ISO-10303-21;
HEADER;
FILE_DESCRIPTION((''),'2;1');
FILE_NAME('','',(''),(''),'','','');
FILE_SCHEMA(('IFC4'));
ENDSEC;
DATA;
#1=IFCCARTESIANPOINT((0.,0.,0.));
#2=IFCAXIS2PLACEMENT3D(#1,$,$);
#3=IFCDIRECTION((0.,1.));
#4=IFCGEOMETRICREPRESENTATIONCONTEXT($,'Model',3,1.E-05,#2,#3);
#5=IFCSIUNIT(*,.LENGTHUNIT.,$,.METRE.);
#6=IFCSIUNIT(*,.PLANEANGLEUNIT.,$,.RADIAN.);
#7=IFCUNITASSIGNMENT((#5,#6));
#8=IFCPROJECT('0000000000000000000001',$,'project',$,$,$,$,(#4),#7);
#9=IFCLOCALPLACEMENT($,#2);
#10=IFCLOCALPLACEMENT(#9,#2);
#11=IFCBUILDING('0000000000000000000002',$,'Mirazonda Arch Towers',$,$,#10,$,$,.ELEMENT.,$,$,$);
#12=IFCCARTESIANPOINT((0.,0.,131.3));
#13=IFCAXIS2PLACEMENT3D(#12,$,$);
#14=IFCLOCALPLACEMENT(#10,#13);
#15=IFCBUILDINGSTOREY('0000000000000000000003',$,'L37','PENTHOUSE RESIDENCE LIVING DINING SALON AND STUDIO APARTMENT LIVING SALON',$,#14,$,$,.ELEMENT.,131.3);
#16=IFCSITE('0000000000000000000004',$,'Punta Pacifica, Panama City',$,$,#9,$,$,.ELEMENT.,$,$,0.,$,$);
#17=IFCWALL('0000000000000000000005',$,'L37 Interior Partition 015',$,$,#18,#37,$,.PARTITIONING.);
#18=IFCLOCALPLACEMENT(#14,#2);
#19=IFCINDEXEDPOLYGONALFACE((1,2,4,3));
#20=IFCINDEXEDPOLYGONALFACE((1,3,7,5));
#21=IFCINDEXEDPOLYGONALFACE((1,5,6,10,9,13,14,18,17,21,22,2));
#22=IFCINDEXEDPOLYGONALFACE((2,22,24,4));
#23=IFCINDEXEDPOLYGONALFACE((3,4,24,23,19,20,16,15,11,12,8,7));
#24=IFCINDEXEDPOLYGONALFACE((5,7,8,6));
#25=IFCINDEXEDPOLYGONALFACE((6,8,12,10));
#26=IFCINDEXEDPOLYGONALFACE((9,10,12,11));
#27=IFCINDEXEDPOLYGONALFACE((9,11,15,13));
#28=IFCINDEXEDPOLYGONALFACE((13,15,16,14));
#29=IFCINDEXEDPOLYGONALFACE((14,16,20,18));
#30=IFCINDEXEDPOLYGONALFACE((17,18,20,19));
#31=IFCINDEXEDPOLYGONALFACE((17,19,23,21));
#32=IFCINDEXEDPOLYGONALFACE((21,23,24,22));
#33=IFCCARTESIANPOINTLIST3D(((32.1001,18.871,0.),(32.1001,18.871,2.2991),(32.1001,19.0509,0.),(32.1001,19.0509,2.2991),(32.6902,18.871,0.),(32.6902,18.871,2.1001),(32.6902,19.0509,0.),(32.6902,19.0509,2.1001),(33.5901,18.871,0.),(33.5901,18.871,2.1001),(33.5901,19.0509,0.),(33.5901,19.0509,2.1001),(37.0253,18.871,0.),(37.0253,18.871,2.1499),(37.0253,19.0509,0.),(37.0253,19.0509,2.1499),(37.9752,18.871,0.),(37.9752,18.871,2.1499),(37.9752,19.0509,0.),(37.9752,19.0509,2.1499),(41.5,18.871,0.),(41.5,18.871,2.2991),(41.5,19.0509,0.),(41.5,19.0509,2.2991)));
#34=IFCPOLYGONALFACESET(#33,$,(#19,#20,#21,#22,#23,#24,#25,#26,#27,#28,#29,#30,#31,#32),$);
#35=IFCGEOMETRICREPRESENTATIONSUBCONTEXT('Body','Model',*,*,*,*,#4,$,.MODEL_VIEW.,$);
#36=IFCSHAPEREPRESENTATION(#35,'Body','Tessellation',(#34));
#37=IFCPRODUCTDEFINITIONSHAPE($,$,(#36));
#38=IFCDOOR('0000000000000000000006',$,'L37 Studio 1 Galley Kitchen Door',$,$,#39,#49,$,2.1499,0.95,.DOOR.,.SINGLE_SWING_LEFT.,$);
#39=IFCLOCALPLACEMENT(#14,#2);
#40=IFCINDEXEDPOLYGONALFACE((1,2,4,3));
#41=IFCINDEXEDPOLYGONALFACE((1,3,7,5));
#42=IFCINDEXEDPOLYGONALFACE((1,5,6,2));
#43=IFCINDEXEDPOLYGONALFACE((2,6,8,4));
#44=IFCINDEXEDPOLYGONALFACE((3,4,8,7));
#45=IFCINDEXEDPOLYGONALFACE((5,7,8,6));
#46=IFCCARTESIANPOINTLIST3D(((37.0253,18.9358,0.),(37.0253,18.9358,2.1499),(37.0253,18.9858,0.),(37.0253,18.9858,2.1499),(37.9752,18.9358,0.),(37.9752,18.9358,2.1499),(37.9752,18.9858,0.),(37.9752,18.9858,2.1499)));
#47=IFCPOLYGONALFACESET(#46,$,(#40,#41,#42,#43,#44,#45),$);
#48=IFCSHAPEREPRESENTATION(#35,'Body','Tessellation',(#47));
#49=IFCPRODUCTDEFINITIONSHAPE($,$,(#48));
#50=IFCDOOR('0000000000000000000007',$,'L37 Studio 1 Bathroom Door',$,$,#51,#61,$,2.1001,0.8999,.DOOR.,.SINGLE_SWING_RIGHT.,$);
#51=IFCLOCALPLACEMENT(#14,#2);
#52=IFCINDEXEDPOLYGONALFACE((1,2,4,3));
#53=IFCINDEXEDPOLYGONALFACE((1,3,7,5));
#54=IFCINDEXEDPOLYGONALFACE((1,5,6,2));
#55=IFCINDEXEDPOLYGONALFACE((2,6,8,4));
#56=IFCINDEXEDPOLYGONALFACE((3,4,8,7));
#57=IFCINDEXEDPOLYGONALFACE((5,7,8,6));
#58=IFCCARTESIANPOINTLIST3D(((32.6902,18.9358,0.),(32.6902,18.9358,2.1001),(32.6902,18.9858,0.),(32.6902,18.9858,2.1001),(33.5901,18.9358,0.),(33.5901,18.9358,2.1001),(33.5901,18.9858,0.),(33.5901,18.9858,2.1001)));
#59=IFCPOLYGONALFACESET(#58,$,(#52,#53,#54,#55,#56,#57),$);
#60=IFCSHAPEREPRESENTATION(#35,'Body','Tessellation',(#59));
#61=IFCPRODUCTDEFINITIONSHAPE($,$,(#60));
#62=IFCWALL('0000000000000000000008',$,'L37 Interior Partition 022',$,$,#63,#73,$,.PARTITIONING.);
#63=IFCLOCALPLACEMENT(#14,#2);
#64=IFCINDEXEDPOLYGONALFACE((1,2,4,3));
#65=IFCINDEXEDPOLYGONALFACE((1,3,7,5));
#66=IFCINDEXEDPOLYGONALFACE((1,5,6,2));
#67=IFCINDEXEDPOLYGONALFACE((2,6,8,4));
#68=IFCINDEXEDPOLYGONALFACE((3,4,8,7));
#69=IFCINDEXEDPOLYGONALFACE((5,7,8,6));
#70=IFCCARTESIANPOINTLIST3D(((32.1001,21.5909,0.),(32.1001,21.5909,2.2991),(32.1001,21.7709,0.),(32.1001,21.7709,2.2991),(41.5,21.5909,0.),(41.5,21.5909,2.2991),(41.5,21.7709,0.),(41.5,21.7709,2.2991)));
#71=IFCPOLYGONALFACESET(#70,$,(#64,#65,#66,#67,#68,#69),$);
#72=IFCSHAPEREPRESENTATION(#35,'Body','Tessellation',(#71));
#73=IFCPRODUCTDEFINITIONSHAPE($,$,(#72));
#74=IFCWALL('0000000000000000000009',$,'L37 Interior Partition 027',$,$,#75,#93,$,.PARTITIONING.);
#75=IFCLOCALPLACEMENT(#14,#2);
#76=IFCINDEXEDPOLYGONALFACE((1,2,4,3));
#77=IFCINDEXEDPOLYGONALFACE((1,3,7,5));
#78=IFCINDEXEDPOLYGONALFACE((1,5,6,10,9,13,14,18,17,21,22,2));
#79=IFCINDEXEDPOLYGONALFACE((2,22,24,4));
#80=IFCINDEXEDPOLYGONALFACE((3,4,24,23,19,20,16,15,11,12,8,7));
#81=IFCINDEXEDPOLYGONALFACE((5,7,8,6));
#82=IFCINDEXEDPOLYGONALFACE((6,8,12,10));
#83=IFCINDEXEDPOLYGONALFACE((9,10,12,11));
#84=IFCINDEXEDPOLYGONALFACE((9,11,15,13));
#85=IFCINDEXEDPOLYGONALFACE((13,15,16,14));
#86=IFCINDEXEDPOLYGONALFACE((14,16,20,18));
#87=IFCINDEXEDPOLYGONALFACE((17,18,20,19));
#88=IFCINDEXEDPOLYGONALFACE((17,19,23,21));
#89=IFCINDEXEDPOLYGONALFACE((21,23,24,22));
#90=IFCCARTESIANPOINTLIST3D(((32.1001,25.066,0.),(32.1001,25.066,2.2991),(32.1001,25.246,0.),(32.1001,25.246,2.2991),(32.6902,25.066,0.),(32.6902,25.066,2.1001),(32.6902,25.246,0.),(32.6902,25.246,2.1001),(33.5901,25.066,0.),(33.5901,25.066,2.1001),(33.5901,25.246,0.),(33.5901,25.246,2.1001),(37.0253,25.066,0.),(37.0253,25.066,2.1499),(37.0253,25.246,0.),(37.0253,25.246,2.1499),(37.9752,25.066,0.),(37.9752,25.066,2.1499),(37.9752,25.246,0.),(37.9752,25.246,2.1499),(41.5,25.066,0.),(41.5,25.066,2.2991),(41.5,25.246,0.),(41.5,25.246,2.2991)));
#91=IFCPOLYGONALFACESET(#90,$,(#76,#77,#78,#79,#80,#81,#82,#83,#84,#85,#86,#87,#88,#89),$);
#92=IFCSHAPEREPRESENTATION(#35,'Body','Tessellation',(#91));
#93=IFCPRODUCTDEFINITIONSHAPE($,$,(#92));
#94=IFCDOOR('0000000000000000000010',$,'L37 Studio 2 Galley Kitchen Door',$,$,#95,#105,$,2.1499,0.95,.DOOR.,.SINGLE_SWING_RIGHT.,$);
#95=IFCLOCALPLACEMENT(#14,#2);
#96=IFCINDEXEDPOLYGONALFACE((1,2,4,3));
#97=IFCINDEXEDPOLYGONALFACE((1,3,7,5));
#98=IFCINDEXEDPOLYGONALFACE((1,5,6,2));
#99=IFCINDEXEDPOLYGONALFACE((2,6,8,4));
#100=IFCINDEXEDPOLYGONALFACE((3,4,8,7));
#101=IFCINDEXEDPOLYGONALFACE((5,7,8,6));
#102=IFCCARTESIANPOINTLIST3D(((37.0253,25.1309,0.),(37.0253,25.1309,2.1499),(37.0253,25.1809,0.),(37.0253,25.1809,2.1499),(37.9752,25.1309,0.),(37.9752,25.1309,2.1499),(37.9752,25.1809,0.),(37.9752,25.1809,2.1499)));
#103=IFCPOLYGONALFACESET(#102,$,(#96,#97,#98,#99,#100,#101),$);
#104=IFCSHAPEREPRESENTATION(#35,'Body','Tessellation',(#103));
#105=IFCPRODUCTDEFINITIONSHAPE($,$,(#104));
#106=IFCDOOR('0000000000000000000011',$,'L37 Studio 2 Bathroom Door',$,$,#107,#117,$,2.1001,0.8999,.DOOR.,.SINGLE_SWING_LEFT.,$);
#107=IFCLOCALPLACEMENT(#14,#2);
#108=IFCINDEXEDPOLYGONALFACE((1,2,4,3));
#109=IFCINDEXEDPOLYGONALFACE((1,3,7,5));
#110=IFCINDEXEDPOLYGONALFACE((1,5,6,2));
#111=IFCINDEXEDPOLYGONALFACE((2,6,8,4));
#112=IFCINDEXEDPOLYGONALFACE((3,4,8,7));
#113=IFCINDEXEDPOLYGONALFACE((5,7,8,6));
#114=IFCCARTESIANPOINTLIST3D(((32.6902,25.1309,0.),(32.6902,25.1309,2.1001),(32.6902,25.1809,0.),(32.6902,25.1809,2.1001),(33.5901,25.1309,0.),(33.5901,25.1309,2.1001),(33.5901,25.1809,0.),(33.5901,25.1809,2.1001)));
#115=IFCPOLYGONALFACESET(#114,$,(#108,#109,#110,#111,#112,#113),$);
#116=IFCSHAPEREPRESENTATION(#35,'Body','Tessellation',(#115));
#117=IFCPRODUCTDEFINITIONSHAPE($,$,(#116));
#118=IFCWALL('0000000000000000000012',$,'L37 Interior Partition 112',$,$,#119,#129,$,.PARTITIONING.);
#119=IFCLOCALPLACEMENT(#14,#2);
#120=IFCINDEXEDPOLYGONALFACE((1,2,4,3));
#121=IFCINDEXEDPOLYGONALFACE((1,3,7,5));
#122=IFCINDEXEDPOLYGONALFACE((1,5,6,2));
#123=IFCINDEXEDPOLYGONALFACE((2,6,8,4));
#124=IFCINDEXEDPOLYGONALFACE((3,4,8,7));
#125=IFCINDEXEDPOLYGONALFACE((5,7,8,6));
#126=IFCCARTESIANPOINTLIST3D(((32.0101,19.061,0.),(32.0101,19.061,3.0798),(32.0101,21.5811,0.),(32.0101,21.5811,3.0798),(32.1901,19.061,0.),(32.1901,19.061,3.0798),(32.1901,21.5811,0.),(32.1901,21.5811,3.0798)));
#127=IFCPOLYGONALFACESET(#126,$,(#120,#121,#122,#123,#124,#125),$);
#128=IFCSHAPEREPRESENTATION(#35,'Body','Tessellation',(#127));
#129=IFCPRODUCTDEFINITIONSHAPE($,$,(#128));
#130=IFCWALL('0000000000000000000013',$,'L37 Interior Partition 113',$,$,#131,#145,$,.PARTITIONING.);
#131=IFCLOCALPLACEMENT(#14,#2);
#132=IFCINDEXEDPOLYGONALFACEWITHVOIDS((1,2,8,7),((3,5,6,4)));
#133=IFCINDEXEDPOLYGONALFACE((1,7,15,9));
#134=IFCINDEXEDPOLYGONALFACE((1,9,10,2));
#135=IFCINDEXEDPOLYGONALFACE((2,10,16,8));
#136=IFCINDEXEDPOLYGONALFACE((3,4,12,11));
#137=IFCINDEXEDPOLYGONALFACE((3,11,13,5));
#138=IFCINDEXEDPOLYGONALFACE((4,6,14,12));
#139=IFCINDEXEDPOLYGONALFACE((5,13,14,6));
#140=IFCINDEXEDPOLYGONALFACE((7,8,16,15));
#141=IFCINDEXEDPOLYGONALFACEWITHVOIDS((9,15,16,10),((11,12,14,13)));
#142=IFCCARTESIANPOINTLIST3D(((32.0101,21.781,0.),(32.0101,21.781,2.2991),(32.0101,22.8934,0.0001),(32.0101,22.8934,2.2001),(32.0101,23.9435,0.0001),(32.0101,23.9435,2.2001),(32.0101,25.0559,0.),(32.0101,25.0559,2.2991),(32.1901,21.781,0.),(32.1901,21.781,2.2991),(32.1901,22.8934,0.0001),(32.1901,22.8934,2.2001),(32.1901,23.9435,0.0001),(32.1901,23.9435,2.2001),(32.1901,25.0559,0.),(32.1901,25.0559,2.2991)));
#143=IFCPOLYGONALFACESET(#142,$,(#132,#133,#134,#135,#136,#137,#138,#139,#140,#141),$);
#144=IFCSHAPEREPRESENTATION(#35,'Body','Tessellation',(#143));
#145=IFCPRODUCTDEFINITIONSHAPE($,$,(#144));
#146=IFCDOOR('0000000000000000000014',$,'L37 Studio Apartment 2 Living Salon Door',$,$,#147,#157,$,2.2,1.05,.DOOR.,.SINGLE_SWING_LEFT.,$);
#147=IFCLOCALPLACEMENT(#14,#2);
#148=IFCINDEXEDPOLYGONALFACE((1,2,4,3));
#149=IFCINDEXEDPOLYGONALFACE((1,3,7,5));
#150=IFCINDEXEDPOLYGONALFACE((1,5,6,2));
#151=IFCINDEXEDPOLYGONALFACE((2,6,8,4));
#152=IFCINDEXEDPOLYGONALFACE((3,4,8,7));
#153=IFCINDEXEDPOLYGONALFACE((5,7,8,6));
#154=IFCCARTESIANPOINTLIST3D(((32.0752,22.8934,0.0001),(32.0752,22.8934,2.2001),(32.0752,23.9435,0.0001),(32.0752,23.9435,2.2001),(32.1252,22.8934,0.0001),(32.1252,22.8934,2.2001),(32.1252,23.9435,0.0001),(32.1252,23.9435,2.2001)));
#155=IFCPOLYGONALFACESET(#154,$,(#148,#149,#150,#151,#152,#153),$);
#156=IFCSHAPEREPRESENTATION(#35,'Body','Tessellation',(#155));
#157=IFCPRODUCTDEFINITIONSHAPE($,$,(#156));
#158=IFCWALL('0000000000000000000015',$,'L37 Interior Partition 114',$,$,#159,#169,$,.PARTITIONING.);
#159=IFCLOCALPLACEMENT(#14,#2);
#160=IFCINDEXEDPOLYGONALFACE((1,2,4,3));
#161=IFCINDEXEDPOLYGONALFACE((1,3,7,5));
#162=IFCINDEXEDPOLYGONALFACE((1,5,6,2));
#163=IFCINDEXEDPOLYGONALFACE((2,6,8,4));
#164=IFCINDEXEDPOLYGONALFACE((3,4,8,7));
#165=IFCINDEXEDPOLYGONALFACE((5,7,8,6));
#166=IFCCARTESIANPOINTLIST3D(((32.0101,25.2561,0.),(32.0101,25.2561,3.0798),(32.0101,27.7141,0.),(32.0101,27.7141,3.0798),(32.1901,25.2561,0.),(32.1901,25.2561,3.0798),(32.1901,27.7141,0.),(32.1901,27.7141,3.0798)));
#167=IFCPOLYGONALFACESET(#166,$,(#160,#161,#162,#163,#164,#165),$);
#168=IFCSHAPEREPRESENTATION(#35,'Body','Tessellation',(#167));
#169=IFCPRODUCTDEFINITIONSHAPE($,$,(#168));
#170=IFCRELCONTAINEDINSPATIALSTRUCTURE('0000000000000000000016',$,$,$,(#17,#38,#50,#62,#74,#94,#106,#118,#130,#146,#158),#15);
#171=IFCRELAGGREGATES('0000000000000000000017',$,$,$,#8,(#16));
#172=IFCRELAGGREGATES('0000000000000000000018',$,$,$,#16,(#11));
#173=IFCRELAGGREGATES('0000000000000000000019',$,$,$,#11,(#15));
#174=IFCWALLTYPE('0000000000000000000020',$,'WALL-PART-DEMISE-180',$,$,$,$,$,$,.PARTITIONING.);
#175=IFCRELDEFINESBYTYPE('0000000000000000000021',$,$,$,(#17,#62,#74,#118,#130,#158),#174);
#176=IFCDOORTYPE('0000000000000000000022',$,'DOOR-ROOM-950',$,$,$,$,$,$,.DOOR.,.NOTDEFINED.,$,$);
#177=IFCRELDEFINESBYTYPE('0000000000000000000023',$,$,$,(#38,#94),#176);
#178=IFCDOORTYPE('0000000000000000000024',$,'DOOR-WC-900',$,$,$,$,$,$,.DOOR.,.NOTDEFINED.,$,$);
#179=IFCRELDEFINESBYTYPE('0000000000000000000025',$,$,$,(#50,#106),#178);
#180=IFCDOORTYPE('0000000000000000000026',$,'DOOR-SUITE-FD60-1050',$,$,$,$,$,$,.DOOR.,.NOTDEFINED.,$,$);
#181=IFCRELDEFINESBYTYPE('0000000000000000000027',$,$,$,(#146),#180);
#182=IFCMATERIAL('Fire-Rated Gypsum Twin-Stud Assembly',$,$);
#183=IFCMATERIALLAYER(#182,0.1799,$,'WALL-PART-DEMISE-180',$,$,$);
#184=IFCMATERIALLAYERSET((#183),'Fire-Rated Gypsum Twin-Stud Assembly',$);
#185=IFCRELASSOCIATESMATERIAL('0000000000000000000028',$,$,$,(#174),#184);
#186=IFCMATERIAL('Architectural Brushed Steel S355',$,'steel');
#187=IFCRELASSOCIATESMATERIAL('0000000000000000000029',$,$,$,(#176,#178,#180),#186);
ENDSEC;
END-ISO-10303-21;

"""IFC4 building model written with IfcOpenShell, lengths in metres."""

from ifc_helpers import new_model, si_unit, direction, frame, frame_2d, origin, place, context, subcontext, project, spatial, rectangle, extrude, material, layer, layer_set, type_object, element, fill, save


model = new_model("IFC4")

# Units and contexts
model_context = context("Model", 3, precision=1e-05, world=origin(), true_north=direction((0.0, 1.0)))
body_context = subcontext(model_context, "Body", "Model", "MODEL_VIEW")
ifc_project = project(units=[si_unit("LENGTHUNIT", "METRE"), si_unit("PLANEANGLEUNIT", "RADIAN")], contexts=[model_context])

# Site, building, storey
site_placement = place(None, origin())
site = spatial("IfcSite", under=ifc_project, at=site_placement, Name="Punta Pacifica, Panama City", CompositionType="ELEMENT", RefElevation=0.0)
building_placement = place(site_placement, origin())
building = spatial("IfcBuilding", under=site, at=building_placement, Name="Mirazonda Arch Towers", CompositionType="ELEMENT")
storey_placement = place(building_placement, frame((0.0, 0.0, 131.3)))
storey = spatial("IfcBuildingStorey", under=building, at=storey_placement, Name="L37", Description="PENTHOUSE RESIDENCE LIVING DINING SALON AND STUDIO APARTMENT LIVING SALON", CompositionType="ELEMENT", Elevation=131.3)

# Wall, openings, doors
ifc_material_1 = material(Name="Fire-Rated Gypsum Twin-Stud Assembly")
ifc_layer_1 = layer(ifc_material_1, 0.1799, Name="WALL-PART-DEMISE-180")
ifc_layer_set_1 = layer_set([ifc_layer_1], Name="Fire-Rated Gypsum Twin-Stud Assembly")
wall_type_1 = type_object("IfcWallType", Name="WALL-PART-DEMISE-180", PredefinedType="PARTITIONING", material=ifc_layer_set_1)
wall_1_placement = place(storey_placement, frame((32.1001, 18.9609, 0.0), z_axis=(0.0, 0.0, 1.0), x_axis=(1.0, 0.0, 0.0)))
wall_1 = element("IfcWall", 1, at=wall_1_placement, inside=storey, type_object=wall_type_1, Name="L37 Interior Partition 015", PredefinedType="PARTITIONING", context=body_context, shape_type="SweptSolid", body=[
    extrude(rectangle(XDim=9.3999, YDim=0.1799, at=frame_2d((4.7, 0.0))), origin(), (0.0, 0.0, 1.0), 2.2991),
])
opening_1_placement = place(wall_1_placement, frame((4.925, 0.0, 0.0)))
opening_1 = element("IfcOpeningElement", 2, at=opening_1_placement, cuts=wall_1, PredefinedType="OPENING", context=body_context, shape_type="SweptSolid", body=[
    extrude(rectangle(XDim=0.95, YDim=2.1499, at=frame_2d((0.4751, 1.075))), frame((0.0, 0.0999, 0.0), z_axis=(0.0, -1.0, 0.0), x_axis=(1.0, 0.0, 0.0)), (0.0, 0.0, 1.0), 0.2),
])
opening_2_placement = place(wall_1_placement, frame((0.5901, 0.0, 0.0)))
opening_2 = element("IfcOpeningElement", 3, at=opening_2_placement, cuts=wall_1, PredefinedType="OPENING", context=body_context, shape_type="SweptSolid", body=[
    extrude(rectangle(XDim=0.8999, YDim=2.1001, at=frame_2d((0.45, 1.05))), frame((0.0, 0.0999, 0.0), z_axis=(0.0, -1.0, 0.0), x_axis=(1.0, 0.0, 0.0)), (0.0, 0.0, 1.0), 0.2),
])
ifc_material_2 = material(Name="Architectural Brushed Steel S355", Category="steel")
door_type_1 = type_object("IfcDoorType", Name="DOOR-ROOM-950", OperationType="NOTDEFINED", PredefinedType="DOOR", material=ifc_material_2)
door_1_placement = place(opening_1_placement, origin())
door_1 = element("IfcDoor", 4, at=door_1_placement, inside=storey, type_object=door_type_1, Name="L37 Studio 1 Galley Kitchen Door", OperationType="SINGLE_SWING_LEFT", OverallHeight=2.1499, OverallWidth=0.95, PredefinedType="DOOR", context=body_context, shape_type="SweptSolid", body=[
    extrude(rectangle(XDim=0.95, YDim=2.1499, at=frame_2d((0.4751, 1.075))), frame((0.0, 0.0249, 0.0), z_axis=(0.0, -1.0, 0.0), x_axis=(1.0, 0.0, 0.0)), (0.0, 0.0, 1.0), 0.05),
])
fill(opening_1, door_1)
door_type_2 = type_object("IfcDoorType", Name="DOOR-WC-900", OperationType="NOTDEFINED", PredefinedType="DOOR", material=ifc_material_2)
door_2_placement = place(opening_2_placement, origin())
door_2 = element("IfcDoor", 5, at=door_2_placement, inside=storey, type_object=door_type_2, Name="L37 Studio 1 Bathroom Door", OperationType="SINGLE_SWING_RIGHT", OverallHeight=2.1001, OverallWidth=0.8999, PredefinedType="DOOR", context=body_context, shape_type="SweptSolid", body=[
    extrude(rectangle(XDim=0.8999, YDim=2.1001, at=frame_2d((0.45, 1.05))), frame((0.0, 0.0249, 0.0), z_axis=(0.0, -1.0, 0.0), x_axis=(1.0, 0.0, 0.0)), (0.0, 0.0, 1.0), 0.05),
])
fill(opening_2, door_2)

# Wall
wall_2_placement = place(storey_placement, frame((32.1001, 21.6809, 0.0), z_axis=(0.0, 0.0, 1.0), x_axis=(1.0, 0.0, 0.0)))
element("IfcWall", 6, at=wall_2_placement, inside=storey, type_object=wall_type_1, Name="L37 Interior Partition 022", PredefinedType="PARTITIONING", context=body_context, shape_type="SweptSolid", body=[
    extrude(rectangle(XDim=9.3999, YDim=0.1799, at=frame_2d((4.7, 0.0))), origin(), (0.0, 0.0, 1.0), 2.2991),
])

# Wall, openings, doors
wall_3_placement = place(storey_placement, frame((32.1001, 25.156, 0.0), z_axis=(0.0, 0.0, 1.0), x_axis=(1.0, 0.0, 0.0)))
wall_3 = element("IfcWall", 7, at=wall_3_placement, inside=storey, type_object=wall_type_1, Name="L37 Interior Partition 027", PredefinedType="PARTITIONING", context=body_context, shape_type="SweptSolid", body=[
    extrude(rectangle(XDim=9.3999, YDim=0.1799, at=frame_2d((4.7, 0.0))), origin(), (0.0, 0.0, 1.0), 2.2991),
])
opening_3_placement = place(wall_3_placement, frame((4.925, 0.0, 0.0)))
opening_3 = element("IfcOpeningElement", 8, at=opening_3_placement, cuts=wall_3, PredefinedType="OPENING", context=body_context, shape_type="SweptSolid", body=[
    extrude(rectangle(XDim=0.95, YDim=2.1499, at=frame_2d((0.4751, 1.075))), frame((0.0, 0.0999, 0.0), z_axis=(0.0, -1.0, 0.0), x_axis=(1.0, 0.0, 0.0)), (0.0, 0.0, 1.0), 0.2),
])
opening_4_placement = place(wall_3_placement, frame((0.5901, 0.0, 0.0)))
opening_4 = element("IfcOpeningElement", 9, at=opening_4_placement, cuts=wall_3, PredefinedType="OPENING", context=body_context, shape_type="SweptSolid", body=[
    extrude(rectangle(XDim=0.8999, YDim=2.1001, at=frame_2d((0.45, 1.05))), frame((0.0, 0.0999, 0.0), z_axis=(0.0, -1.0, 0.0), x_axis=(1.0, 0.0, 0.0)), (0.0, 0.0, 1.0), 0.2),
])
door_3_placement = place(opening_3_placement, origin())
door_3 = element("IfcDoor", 10, at=door_3_placement, inside=storey, type_object=door_type_1, Name="L37 Studio 2 Galley Kitchen Door", OperationType="SINGLE_SWING_RIGHT", OverallHeight=2.1499, OverallWidth=0.95, PredefinedType="DOOR", context=body_context, shape_type="SweptSolid", body=[
    extrude(rectangle(XDim=0.95, YDim=2.1499, at=frame_2d((0.4751, 1.075))), frame((0.0, 0.0249, 0.0), z_axis=(0.0, -1.0, 0.0), x_axis=(1.0, 0.0, 0.0)), (0.0, 0.0, 1.0), 0.05),
])
fill(opening_3, door_3)
door_4_placement = place(opening_4_placement, origin())
door_4 = element("IfcDoor", 11, at=door_4_placement, inside=storey, type_object=door_type_2, Name="L37 Studio 2 Bathroom Door", OperationType="SINGLE_SWING_LEFT", OverallHeight=2.1001, OverallWidth=0.8999, PredefinedType="DOOR", context=body_context, shape_type="SweptSolid", body=[
    extrude(rectangle(XDim=0.8999, YDim=2.1001, at=frame_2d((0.45, 1.05))), frame((0.0, 0.0249, 0.0), z_axis=(0.0, -1.0, 0.0), x_axis=(1.0, 0.0, 0.0)), (0.0, 0.0, 1.0), 0.05),
])
fill(opening_4, door_4)

# Wall
wall_4_placement = place(storey_placement, frame((32.1001, 19.061, 0.0), z_axis=(0.0, 0.0, 1.0), x_axis=(0.0, 1.0, 0.0)))
element("IfcWall", 12, at=wall_4_placement, inside=storey, type_object=wall_type_1, Name="L37 Interior Partition 112", PredefinedType="PARTITIONING", context=body_context, shape_type="SweptSolid", body=[
    extrude(rectangle(XDim=2.52, YDim=0.1799, at=frame_2d((1.26, 0.0))), origin(), (0.0, 0.0, 1.0), 3.0798),
])

# Wall, opening, door
wall_5_placement = place(storey_placement, frame((32.1001, 21.781, 0.0), z_axis=(0.0, 0.0, 1.0), x_axis=(0.0, 1.0, 0.0)))
wall_5 = element("IfcWall", 13, at=wall_5_placement, inside=storey, type_object=wall_type_1, Name="L37 Interior Partition 113", PredefinedType="PARTITIONING", context=body_context, shape_type="SweptSolid", body=[
    extrude(rectangle(XDim=3.2749, YDim=0.1799, at=frame_2d((1.6375, 0.0))), origin(), (0.0, 0.0, 1.0), 2.2991),
])
opening_5_placement = place(wall_5_placement, frame((1.1125, 0.0, 0.0)))
opening_5 = element("IfcOpeningElement", 14, at=opening_5_placement, cuts=wall_5, PredefinedType="OPENING", context=body_context, shape_type="SweptSolid", body=[
    extrude(rectangle(XDim=1.05, YDim=2.2, at=frame_2d((0.5249, 1.1001))), frame((0.0, 0.0999, 0.0), z_axis=(0.0, -1.0, 0.0), x_axis=(1.0, 0.0, 0.0)), (0.0, 0.0, 1.0), 0.2),
])
door_type_3 = type_object("IfcDoorType", Name="DOOR-SUITE-FD60-1050", OperationType="NOTDEFINED", PredefinedType="DOOR", material=ifc_material_2)
door_5_placement = place(opening_5_placement, origin())
door_5 = element("IfcDoor", 15, at=door_5_placement, inside=storey, type_object=door_type_3, Name="L37 Studio Apartment 2 Living Salon Door", OperationType="SINGLE_SWING_LEFT", OverallHeight=2.2, OverallWidth=1.05, PredefinedType="DOOR", context=body_context, shape_type="SweptSolid", body=[
    extrude(rectangle(XDim=1.05, YDim=2.2, at=frame_2d((0.5249, 1.1001))), frame((0.0, 0.0249, 0.0), z_axis=(0.0, -1.0, 0.0), x_axis=(1.0, 0.0, 0.0)), (0.0, 0.0, 1.0), 0.05),
])
fill(opening_5, door_5)

# Wall
wall_6_placement = place(storey_placement, frame((32.1001, 25.2561, 0.0), z_axis=(0.0, 0.0, 1.0), x_axis=(0.0, 1.0, 0.0)))
element("IfcWall", 16, at=wall_6_placement, inside=storey, type_object=wall_type_1, Name="L37 Interior Partition 114", PredefinedType="PARTITIONING", context=body_context, shape_type="SweptSolid", body=[
    extrude(rectangle(XDim=2.458, YDim=0.1799, at=frame_2d((1.229, 0.0))), origin(), (0.0, 0.0, 1.0), 3.0798),
])

save(model, "model.ifc")
